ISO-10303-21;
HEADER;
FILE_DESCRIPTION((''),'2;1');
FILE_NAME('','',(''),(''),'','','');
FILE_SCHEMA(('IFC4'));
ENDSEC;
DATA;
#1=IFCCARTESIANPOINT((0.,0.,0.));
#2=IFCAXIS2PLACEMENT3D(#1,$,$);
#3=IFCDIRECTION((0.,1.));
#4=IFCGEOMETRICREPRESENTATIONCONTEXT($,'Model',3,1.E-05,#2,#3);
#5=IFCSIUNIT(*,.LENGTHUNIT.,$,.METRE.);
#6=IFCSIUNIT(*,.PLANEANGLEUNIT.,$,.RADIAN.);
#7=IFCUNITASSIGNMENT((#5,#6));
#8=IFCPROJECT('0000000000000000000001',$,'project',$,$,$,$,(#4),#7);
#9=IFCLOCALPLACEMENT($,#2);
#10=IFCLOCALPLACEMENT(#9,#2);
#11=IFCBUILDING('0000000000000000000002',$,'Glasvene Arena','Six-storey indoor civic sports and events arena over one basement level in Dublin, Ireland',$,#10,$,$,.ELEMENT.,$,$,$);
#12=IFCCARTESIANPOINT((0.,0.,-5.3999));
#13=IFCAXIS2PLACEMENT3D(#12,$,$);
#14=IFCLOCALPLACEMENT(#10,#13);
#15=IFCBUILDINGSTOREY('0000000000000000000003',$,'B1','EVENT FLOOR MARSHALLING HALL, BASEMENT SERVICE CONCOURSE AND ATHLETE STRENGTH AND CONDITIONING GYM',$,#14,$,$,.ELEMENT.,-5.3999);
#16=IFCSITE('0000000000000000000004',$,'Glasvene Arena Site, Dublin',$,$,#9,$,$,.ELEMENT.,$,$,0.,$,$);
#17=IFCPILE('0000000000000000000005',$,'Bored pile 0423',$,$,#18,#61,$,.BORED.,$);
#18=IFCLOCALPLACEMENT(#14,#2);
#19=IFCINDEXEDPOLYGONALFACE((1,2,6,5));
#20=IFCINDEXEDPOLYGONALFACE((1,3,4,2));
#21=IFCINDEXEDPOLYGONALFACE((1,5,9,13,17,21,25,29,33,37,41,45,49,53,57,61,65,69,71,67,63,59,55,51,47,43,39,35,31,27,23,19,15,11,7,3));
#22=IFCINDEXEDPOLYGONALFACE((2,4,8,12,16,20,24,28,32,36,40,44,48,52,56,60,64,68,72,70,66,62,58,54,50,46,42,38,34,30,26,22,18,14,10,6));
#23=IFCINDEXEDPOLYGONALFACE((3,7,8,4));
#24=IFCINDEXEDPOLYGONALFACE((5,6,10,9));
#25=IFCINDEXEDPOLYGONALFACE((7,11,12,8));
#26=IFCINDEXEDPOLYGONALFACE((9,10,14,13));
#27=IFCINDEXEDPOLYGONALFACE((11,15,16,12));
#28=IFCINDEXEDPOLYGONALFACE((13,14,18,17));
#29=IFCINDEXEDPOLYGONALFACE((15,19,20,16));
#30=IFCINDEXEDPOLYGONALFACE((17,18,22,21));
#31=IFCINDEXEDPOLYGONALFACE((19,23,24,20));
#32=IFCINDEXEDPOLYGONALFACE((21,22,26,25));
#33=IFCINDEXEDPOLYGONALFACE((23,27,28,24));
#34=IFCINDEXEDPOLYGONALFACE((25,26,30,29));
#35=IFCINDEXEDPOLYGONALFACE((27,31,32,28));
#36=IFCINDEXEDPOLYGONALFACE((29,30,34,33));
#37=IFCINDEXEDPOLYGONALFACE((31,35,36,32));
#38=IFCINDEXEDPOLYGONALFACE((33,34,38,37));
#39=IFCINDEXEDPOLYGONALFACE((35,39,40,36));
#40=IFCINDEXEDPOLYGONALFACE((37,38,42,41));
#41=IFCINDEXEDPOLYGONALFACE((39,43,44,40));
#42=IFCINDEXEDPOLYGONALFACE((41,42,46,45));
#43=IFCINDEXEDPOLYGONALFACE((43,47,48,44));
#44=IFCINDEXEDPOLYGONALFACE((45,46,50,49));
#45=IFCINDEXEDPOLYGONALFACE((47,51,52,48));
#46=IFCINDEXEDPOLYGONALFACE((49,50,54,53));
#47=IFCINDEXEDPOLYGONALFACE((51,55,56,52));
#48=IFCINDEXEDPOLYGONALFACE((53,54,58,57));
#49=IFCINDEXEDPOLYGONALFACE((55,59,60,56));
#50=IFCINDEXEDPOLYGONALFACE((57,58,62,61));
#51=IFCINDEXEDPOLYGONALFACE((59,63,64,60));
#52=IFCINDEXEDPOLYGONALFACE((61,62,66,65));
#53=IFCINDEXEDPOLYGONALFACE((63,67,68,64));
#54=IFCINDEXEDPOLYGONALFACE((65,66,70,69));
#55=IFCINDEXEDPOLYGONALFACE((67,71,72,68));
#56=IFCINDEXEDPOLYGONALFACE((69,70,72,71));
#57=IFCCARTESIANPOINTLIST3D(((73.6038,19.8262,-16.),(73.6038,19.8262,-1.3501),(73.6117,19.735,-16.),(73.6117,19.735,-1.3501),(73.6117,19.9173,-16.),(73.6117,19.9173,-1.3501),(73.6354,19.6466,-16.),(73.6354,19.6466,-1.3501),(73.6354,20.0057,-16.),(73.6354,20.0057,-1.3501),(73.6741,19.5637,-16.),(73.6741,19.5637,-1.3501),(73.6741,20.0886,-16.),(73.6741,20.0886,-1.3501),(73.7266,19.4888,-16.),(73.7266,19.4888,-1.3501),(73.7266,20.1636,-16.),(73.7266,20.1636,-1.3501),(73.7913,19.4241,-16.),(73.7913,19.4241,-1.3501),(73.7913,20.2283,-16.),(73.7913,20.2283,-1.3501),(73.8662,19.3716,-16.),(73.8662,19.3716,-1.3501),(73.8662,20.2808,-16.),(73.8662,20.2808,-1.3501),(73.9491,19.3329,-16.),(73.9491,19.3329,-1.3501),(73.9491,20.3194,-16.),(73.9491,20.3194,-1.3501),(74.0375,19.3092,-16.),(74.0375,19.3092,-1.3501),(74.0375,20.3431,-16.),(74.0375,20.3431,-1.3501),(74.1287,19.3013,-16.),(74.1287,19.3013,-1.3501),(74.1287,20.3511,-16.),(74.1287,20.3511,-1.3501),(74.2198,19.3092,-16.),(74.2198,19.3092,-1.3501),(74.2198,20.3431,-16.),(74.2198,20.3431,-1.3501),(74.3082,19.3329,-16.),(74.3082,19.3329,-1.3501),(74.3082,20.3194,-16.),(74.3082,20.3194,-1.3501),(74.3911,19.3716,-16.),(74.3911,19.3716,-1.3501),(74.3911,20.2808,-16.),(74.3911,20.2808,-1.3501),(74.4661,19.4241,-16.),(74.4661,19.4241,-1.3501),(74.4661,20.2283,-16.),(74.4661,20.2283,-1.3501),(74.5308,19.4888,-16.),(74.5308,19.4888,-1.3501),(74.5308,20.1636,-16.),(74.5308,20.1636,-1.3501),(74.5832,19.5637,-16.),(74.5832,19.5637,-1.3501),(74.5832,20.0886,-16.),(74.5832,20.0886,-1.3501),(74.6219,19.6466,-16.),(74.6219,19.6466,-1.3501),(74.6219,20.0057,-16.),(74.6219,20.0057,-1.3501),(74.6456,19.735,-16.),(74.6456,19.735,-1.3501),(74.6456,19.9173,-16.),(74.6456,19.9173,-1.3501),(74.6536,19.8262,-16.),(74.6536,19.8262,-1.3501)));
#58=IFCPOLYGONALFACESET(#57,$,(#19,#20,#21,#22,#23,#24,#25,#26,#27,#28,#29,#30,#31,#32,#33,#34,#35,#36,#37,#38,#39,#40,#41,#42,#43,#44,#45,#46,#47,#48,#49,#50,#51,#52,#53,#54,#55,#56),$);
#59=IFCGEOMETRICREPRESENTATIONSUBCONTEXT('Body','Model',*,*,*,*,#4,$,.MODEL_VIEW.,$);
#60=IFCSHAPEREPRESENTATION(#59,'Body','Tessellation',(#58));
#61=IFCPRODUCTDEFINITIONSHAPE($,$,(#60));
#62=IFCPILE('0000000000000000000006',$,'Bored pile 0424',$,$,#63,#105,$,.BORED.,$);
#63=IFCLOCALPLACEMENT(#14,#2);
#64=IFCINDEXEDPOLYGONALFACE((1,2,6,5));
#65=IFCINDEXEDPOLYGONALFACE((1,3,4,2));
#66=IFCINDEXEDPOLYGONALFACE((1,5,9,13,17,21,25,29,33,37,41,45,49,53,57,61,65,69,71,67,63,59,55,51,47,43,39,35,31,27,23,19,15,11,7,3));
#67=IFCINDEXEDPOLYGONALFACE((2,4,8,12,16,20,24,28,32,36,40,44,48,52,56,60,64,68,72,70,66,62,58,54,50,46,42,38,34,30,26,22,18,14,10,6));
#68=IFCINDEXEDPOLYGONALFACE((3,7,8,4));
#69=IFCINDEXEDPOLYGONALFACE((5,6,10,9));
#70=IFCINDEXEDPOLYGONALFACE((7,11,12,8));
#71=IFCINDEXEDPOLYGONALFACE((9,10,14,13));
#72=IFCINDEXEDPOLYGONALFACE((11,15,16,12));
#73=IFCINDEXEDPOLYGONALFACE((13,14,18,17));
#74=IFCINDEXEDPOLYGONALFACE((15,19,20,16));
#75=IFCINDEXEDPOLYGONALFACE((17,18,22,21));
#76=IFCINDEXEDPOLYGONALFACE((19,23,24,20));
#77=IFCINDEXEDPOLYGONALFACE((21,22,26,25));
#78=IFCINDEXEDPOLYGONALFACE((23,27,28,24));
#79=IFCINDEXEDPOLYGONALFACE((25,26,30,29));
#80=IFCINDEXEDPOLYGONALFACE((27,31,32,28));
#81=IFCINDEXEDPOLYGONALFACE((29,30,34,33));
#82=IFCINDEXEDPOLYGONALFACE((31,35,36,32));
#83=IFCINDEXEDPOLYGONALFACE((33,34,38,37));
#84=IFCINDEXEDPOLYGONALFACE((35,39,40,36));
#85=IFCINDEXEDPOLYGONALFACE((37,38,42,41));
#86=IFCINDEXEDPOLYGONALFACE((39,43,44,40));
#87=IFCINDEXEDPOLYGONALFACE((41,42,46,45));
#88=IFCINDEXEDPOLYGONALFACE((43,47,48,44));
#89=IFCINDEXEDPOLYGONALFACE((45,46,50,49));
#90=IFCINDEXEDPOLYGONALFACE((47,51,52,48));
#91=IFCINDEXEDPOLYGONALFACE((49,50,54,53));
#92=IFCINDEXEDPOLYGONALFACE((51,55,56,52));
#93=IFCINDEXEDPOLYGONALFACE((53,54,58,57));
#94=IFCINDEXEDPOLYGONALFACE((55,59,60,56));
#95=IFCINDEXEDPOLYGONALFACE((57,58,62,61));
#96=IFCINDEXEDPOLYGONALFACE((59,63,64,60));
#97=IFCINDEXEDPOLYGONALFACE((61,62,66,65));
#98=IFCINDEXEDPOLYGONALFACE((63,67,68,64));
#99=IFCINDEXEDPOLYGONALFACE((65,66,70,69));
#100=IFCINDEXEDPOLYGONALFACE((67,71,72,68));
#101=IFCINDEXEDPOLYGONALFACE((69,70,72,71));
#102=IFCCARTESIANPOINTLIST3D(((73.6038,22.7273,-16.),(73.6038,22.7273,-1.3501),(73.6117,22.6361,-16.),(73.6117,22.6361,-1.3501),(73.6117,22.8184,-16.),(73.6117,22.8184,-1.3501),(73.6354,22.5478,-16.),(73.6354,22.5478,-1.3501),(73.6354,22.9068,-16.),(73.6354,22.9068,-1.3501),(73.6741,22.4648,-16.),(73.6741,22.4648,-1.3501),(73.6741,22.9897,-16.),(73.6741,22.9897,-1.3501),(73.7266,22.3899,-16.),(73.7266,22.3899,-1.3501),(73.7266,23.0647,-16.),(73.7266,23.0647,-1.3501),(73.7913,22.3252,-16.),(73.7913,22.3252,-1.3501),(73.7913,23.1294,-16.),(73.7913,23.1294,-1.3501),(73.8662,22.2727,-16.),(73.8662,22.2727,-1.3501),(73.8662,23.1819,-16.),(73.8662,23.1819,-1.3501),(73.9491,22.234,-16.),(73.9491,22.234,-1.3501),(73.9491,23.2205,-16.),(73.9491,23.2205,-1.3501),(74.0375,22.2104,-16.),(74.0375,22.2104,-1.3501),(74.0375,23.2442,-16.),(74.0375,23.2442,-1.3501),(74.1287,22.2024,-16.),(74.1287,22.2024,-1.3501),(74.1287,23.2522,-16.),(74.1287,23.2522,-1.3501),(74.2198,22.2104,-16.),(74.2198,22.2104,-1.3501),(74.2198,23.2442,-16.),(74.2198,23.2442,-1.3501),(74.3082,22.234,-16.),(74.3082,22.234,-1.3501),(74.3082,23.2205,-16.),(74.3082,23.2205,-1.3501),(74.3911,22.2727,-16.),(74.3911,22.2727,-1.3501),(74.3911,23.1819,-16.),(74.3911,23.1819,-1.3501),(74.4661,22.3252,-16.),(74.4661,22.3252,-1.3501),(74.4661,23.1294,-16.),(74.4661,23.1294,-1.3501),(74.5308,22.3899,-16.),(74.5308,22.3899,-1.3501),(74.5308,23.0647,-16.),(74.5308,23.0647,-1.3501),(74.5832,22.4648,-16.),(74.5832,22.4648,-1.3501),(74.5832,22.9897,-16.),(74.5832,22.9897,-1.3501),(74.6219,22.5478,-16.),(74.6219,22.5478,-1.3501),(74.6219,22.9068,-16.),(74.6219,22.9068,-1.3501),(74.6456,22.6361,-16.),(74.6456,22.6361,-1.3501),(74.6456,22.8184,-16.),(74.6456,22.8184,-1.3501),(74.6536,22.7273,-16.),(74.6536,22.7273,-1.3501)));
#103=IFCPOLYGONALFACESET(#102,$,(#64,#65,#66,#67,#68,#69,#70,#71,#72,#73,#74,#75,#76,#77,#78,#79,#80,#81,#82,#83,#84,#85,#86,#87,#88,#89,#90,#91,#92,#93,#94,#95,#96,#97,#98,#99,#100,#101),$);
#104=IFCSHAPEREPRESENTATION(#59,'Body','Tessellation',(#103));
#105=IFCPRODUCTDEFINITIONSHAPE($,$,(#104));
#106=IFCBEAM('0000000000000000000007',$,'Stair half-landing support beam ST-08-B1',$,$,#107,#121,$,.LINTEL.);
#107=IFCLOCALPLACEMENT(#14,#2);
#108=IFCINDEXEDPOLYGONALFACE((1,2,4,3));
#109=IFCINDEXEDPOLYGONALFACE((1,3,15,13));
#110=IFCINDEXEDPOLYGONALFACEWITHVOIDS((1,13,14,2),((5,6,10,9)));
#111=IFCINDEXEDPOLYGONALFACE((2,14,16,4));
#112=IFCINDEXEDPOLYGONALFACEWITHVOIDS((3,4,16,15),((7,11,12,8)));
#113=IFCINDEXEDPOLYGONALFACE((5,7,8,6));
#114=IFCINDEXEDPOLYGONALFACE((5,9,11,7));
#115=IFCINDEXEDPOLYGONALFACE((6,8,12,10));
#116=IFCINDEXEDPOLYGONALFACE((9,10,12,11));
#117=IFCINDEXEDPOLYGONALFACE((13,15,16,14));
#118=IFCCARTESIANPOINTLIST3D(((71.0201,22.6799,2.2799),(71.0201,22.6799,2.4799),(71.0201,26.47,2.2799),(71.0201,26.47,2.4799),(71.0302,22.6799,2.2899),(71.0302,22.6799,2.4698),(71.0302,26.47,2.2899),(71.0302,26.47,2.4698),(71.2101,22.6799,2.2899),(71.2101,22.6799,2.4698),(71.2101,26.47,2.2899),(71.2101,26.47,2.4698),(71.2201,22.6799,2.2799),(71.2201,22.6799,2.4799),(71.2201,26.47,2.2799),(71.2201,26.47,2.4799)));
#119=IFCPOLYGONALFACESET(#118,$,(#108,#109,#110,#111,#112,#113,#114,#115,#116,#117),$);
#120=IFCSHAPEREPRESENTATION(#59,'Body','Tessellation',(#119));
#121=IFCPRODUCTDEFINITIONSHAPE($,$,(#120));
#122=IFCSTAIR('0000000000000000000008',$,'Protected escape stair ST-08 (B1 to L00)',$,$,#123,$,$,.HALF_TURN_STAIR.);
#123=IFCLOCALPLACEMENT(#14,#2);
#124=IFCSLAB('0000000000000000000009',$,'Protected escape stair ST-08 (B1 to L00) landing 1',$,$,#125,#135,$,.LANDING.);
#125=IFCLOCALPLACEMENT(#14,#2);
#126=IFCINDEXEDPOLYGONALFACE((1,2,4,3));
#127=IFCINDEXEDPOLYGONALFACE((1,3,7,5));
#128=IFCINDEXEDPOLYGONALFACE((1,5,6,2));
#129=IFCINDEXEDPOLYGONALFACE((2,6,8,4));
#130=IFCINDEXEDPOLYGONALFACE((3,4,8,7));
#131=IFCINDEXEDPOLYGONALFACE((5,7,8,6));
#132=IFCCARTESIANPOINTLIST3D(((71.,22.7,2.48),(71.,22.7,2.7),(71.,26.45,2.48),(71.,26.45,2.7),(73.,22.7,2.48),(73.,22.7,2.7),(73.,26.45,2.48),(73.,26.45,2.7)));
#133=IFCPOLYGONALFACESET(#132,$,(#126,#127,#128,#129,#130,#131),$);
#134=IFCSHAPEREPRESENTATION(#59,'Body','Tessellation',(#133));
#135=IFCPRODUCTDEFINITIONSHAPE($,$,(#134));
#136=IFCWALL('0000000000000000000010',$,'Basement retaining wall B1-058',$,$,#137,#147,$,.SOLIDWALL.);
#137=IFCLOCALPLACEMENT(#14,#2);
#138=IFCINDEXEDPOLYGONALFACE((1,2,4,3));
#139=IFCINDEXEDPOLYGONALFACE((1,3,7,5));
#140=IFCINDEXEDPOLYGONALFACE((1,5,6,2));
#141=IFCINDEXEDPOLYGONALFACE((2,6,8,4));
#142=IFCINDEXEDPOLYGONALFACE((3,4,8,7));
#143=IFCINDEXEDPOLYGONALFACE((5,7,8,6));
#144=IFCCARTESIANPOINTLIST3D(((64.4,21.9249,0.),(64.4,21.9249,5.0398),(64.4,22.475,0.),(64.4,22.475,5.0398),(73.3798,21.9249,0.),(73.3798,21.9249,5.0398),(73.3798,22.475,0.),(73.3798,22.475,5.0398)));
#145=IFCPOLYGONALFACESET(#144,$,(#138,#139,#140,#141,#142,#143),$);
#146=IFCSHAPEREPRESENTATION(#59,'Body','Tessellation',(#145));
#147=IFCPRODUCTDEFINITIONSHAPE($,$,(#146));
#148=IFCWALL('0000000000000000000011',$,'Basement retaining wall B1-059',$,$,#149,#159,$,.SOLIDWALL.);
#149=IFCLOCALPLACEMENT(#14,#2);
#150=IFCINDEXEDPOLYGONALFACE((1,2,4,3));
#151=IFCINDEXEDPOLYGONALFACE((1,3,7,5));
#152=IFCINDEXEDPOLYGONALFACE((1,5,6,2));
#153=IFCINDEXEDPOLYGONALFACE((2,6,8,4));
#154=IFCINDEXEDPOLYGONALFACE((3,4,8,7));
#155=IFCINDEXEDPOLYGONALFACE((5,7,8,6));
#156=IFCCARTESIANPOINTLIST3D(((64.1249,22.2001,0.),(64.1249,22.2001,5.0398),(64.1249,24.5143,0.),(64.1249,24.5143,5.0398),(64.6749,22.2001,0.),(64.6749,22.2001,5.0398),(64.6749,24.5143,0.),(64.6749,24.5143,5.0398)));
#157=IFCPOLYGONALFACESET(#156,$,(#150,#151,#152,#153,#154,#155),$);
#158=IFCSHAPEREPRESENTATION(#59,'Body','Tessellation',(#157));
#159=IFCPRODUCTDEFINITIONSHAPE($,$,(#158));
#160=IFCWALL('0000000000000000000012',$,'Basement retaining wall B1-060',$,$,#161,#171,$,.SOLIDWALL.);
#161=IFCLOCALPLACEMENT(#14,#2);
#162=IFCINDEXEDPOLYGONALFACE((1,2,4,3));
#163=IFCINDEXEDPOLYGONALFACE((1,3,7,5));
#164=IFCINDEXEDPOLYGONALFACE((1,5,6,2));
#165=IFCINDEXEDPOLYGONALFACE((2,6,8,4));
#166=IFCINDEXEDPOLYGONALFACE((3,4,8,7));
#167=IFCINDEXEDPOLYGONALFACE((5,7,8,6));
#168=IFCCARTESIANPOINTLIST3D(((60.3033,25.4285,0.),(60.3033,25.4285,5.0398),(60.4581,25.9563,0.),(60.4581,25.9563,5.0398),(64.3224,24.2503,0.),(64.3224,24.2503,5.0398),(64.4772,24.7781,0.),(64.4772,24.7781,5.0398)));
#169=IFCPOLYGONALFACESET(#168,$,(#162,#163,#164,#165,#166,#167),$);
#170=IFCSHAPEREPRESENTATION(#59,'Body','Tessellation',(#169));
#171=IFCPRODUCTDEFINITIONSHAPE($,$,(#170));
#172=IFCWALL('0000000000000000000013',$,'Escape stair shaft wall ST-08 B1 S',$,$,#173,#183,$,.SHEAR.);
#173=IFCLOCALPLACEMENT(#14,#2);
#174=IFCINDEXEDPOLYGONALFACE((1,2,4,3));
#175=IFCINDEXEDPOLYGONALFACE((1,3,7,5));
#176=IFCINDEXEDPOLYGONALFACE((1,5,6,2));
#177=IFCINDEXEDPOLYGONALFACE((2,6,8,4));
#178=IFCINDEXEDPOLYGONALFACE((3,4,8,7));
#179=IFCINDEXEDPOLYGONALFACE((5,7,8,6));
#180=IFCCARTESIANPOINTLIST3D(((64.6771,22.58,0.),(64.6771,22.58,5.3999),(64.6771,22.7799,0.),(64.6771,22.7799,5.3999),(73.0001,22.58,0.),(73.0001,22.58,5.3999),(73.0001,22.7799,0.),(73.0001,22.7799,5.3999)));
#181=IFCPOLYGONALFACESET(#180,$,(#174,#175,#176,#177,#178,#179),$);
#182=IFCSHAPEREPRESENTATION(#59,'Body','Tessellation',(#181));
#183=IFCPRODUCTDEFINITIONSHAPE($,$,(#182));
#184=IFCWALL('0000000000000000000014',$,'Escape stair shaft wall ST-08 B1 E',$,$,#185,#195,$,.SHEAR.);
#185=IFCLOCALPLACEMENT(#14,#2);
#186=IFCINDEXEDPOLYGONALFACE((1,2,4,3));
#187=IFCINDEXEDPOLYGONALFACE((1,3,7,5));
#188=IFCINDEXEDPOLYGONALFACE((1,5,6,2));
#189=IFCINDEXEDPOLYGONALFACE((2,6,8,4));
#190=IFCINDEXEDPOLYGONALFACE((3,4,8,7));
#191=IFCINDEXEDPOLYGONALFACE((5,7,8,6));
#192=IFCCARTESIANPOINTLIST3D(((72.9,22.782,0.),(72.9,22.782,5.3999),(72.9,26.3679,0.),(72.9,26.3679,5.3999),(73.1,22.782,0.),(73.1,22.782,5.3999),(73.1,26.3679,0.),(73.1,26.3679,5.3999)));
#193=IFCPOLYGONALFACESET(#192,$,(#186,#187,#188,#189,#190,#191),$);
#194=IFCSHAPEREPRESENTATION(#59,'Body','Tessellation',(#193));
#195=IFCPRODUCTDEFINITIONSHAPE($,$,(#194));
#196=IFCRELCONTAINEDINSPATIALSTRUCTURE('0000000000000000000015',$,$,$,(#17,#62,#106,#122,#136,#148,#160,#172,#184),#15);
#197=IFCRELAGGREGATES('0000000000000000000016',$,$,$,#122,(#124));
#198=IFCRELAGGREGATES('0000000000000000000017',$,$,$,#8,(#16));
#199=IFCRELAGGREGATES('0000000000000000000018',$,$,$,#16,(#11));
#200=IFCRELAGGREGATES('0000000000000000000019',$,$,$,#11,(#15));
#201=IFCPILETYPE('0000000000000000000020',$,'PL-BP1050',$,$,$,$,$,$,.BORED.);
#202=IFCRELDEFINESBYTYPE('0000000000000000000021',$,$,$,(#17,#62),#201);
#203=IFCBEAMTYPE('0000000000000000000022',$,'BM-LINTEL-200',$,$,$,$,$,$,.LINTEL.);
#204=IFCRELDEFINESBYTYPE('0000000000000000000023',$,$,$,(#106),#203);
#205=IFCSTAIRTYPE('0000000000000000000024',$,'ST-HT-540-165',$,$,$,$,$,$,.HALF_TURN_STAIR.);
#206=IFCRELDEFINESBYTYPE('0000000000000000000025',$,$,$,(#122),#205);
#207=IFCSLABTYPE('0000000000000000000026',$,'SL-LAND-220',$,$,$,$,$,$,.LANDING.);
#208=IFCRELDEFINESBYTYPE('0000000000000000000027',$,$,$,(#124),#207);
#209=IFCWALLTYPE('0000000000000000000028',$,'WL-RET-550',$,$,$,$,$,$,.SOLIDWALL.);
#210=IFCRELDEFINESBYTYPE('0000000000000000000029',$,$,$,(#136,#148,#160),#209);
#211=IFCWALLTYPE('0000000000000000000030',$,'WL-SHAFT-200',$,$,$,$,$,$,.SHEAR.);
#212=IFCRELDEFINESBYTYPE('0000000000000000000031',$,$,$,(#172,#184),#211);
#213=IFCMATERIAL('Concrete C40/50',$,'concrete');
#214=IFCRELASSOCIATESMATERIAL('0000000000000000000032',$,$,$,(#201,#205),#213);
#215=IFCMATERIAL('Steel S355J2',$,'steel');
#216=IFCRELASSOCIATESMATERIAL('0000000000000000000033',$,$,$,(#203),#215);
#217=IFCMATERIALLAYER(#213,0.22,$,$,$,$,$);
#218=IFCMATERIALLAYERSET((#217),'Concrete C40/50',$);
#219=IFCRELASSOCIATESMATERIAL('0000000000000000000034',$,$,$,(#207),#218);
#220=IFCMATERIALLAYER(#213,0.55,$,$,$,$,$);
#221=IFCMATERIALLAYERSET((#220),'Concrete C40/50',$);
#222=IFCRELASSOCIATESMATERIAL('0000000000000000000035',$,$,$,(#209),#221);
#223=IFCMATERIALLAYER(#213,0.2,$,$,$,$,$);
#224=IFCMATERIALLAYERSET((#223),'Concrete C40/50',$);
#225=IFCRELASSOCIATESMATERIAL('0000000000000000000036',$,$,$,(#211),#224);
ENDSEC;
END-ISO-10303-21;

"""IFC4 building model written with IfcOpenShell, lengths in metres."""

from ifc_helpers import new_model, si_unit, direction, frame, frame_2d, origin, origin_2d, place, context, subcontext, project, spatial, polyline, rectangle, hollow_rectangle, circle, outline, extrude, material, layer, layer_set, material_profile, profile_set, type_object, element, aggregate, save


model = new_model("IFC4")

# Units and contexts
model_context = context("Model", 3, precision=1e-05, world=origin(), true_north=direction((0.0, 1.0)))
body_context = subcontext(model_context, "Body", "Model", "MODEL_VIEW")
ifc_project = project(units=[si_unit("LENGTHUNIT", "METRE"), si_unit("PLANEANGLEUNIT", "RADIAN")], contexts=[model_context])

# Site, building, storey
site_placement = place(None, origin())
site = spatial("IfcSite", under=ifc_project, at=site_placement, Name="Glasvene Arena Site, Dublin", CompositionType="ELEMENT", RefElevation=0.0)
building_placement = place(site_placement, origin())
building = spatial("IfcBuilding", under=site, at=building_placement, Name="Glasvene Arena", Description="Six-storey indoor civic sports and events arena over one basement level in Dublin, Ireland", CompositionType="ELEMENT")
storey_placement = place(building_placement, frame((0.0, 0.0, -5.3999)))
storey = spatial("IfcBuildingStorey", under=building, at=storey_placement, Name="B1", Description="EVENT FLOOR MARSHALLING HALL, BASEMENT SERVICE CONCOURSE AND ATHLETE STRENGTH AND CONDITIONING GYM", CompositionType="ELEMENT", Elevation=-5.3999)

# Piles
ifc_material_1 = material(Name="Concrete C40/50", Category="concrete")
ifc_material_profile_1 = material_profile(ifc_material_1, circle(Radius=0.5249, at=origin_2d()), Name="BORED PILE 1050")
ifc_profile_set_1 = profile_set([ifc_material_profile_1], Name="Concrete C40/50")
pile_type = type_object("IfcPileType", Name="PL-BP1050", PredefinedType="BORED", material=ifc_profile_set_1)
for number, where, z_axis, x_axis, name in (
    (1, (74.1287, 19.8262, -1.3501), (0.0, 0.0, -1.0), (1.0, 0.0, 0.0), "Bored pile 0423"),
    (2, (74.1287, 22.7273, -1.3501), (0.0, 0.0, -1.0), (1.0, 0.0, 0.0), "Bored pile 0424"),
):
    element("IfcPile", number, at=place(storey_placement, frame(where, z_axis=z_axis, x_axis=x_axis)), inside=storey, type_object=pile_type, Name=name, PredefinedType="BORED", context=body_context, shape_type="SweptSolid", body=[
        extrude(circle(Radius=0.5249, at=origin_2d()), origin(), (0.0, 0.0, 1.0), 14.6499),
    ])

# Beam
ifc_material_2 = material(Name="Steel S355J2", Category="steel")
ifc_material_profile_2 = material_profile(ifc_material_2, hollow_rectangle(XDim=0.2, YDim=0.2, WallThickness=0.01, at=origin_2d()), Name="SHS 200x200x10.0")
ifc_profile_set_2 = profile_set([ifc_material_profile_2], Name="Steel S355J2")
beam_type = type_object("IfcBeamType", Name="BM-LINTEL-200", PredefinedType="LINTEL", material=ifc_profile_set_2)
beam_placement = place(storey_placement, frame((71.1201, 22.6799, 2.3799), z_axis=(0.0, 1.0, 0.0), x_axis=(-1.0, 0.0, 0.0)))
element("IfcBeam", 3, at=beam_placement, inside=storey, type_object=beam_type, Name="Stair half-landing support beam ST-08-B1", PredefinedType="LINTEL", context=body_context, shape_type="SweptSolid", body=[
    extrude(hollow_rectangle(XDim=0.2, YDim=0.2, WallThickness=0.01, at=origin_2d()), origin(), (0.0, 0.0, 1.0), 3.79),
])

# Stair, slab
stair_type = type_object("IfcStairType", Name="ST-HT-540-165", PredefinedType="HALF_TURN_STAIR", material=ifc_material_1)
stair_placement = place(storey_placement, origin())
stair = element("IfcStair", 4, at=stair_placement, inside=storey, type_object=stair_type, Name="Protected escape stair ST-08 (B1 to L00)", PredefinedType="HALF_TURN_STAIR")
ifc_layer_1 = layer(ifc_material_1, 0.22)
ifc_layer_set_1 = layer_set([ifc_layer_1], Name="Concrete C40/50")
slab_type = type_object("IfcSlabType", Name="SL-LAND-220", PredefinedType="LANDING", material=ifc_layer_set_1)
slab_placement = place(storey_placement, frame((72.0, 24.575, 2.48)))
slab = element("IfcSlab", 5, at=slab_placement, type_object=slab_type, Name="Protected escape stair ST-08 (B1 to L00) landing 1", PredefinedType="LANDING", context=body_context, shape_type="SweptSolid", body=[
    extrude(outline(polyline([(-1.0, -1.875), (1.0, -1.875), (1.0, 1.875), (-1.0, 1.875), (-1.0, -1.875)])), origin(), (0.0, 0.0, 1.0), 0.22),
])

# Walls
ifc_layer_2 = layer(ifc_material_1, 0.55)
ifc_layer_set_2 = layer_set([ifc_layer_2], Name="Concrete C40/50")
wall_type_1 = type_object("IfcWallType", Name="WL-RET-550", PredefinedType="SOLIDWALL", material=ifc_layer_set_2)
wall_1_placement = place(storey_placement, frame((73.3796, 22.2, 0.0), z_axis=(0.0, 0.0, 1.0), x_axis=(-1.0, 0.0, 0.0)))
element("IfcWall", 6, at=wall_1_placement, inside=storey, type_object=wall_type_1, Name="Basement retaining wall B1-058", PredefinedType="SOLIDWALL", context=body_context, shape_type="SweptSolid", body=[
    extrude(rectangle(XDim=8.9797, YDim=0.55, at=frame_2d((4.4897, 0.0))), origin(), (0.0, 0.0, 1.0), 5.0398),
])
wall_2_placement = place(storey_placement, frame((64.3999, 22.2, 0.0), z_axis=(0.0, 0.0, 1.0), x_axis=(0.0, 1.0, 0.0)))
element("IfcWall", 7, at=wall_2_placement, inside=storey, type_object=wall_type_1, Name="Basement retaining wall B1-059", PredefinedType="SOLIDWALL", context=body_context, shape_type="SweptSolid", body=[
    extrude(rectangle(XDim=2.3142, YDim=0.55, at=frame_2d((1.1572, 0.0))), origin(), (0.0, 0.0, 1.0), 5.0398),
])
wall_3_placement = place(storey_placement, frame((64.3999, 24.5142, 0.0), z_axis=(0.0, 0.0, 1.0), x_axis=(-0.959614, 0.28132, 0.0)))
element("IfcWall", 8, at=wall_3_placement, inside=storey, type_object=wall_type_1, Name="Basement retaining wall B1-060", PredefinedType="SOLIDWALL", context=body_context, shape_type="SweptSolid", body=[
    extrude(rectangle(XDim=4.1882, YDim=0.55, at=frame_2d((2.0942, 0.0))), origin(), (0.0, 0.0, 1.0), 5.0398),
])
ifc_layer_3 = layer(ifc_material_1, 0.2)
ifc_layer_set_3 = layer_set([ifc_layer_3], Name="Concrete C40/50")
wall_type_2 = type_object("IfcWallType", Name="WL-SHAFT-200", PredefinedType="SHEAR", material=ifc_layer_set_3)
wall_4_placement = place(storey_placement, frame((64.677, 22.6799, 0.0), z_axis=(0.0, 0.0, 1.0), x_axis=(1.0, 0.0, 0.0)))
element("IfcWall", 9, at=wall_4_placement, inside=storey, type_object=wall_type_2, Name="Escape stair shaft wall ST-08 B1 S", PredefinedType="SHEAR", context=body_context, shape_type="SweptSolid", body=[
    extrude(rectangle(XDim=8.323, YDim=0.2, at=frame_2d((4.1616, 0.0))), origin(), (0.0, 0.0, 1.0), 5.3999),
])

# Wall
wall_5_placement = place(storey_placement, frame((73.0, 22.782, 0.0), z_axis=(0.0, 0.0, 1.0), x_axis=(0.0, 1.0, 0.0)))
element("IfcWall", 10, at=wall_5_placement, inside=storey, type_object=wall_type_2, Name="Escape stair shaft wall ST-08 B1 E", PredefinedType="SHEAR", context=body_context, shape_type="SweptSolid", body=[
    extrude(rectangle(XDim=3.5859, YDim=0.2, at=frame_2d((1.793, 0.0))), origin(), (0.0, 0.0, 1.0), 5.3999),
])

aggregate(stair, [slab])

save(model, "model.ifc")
